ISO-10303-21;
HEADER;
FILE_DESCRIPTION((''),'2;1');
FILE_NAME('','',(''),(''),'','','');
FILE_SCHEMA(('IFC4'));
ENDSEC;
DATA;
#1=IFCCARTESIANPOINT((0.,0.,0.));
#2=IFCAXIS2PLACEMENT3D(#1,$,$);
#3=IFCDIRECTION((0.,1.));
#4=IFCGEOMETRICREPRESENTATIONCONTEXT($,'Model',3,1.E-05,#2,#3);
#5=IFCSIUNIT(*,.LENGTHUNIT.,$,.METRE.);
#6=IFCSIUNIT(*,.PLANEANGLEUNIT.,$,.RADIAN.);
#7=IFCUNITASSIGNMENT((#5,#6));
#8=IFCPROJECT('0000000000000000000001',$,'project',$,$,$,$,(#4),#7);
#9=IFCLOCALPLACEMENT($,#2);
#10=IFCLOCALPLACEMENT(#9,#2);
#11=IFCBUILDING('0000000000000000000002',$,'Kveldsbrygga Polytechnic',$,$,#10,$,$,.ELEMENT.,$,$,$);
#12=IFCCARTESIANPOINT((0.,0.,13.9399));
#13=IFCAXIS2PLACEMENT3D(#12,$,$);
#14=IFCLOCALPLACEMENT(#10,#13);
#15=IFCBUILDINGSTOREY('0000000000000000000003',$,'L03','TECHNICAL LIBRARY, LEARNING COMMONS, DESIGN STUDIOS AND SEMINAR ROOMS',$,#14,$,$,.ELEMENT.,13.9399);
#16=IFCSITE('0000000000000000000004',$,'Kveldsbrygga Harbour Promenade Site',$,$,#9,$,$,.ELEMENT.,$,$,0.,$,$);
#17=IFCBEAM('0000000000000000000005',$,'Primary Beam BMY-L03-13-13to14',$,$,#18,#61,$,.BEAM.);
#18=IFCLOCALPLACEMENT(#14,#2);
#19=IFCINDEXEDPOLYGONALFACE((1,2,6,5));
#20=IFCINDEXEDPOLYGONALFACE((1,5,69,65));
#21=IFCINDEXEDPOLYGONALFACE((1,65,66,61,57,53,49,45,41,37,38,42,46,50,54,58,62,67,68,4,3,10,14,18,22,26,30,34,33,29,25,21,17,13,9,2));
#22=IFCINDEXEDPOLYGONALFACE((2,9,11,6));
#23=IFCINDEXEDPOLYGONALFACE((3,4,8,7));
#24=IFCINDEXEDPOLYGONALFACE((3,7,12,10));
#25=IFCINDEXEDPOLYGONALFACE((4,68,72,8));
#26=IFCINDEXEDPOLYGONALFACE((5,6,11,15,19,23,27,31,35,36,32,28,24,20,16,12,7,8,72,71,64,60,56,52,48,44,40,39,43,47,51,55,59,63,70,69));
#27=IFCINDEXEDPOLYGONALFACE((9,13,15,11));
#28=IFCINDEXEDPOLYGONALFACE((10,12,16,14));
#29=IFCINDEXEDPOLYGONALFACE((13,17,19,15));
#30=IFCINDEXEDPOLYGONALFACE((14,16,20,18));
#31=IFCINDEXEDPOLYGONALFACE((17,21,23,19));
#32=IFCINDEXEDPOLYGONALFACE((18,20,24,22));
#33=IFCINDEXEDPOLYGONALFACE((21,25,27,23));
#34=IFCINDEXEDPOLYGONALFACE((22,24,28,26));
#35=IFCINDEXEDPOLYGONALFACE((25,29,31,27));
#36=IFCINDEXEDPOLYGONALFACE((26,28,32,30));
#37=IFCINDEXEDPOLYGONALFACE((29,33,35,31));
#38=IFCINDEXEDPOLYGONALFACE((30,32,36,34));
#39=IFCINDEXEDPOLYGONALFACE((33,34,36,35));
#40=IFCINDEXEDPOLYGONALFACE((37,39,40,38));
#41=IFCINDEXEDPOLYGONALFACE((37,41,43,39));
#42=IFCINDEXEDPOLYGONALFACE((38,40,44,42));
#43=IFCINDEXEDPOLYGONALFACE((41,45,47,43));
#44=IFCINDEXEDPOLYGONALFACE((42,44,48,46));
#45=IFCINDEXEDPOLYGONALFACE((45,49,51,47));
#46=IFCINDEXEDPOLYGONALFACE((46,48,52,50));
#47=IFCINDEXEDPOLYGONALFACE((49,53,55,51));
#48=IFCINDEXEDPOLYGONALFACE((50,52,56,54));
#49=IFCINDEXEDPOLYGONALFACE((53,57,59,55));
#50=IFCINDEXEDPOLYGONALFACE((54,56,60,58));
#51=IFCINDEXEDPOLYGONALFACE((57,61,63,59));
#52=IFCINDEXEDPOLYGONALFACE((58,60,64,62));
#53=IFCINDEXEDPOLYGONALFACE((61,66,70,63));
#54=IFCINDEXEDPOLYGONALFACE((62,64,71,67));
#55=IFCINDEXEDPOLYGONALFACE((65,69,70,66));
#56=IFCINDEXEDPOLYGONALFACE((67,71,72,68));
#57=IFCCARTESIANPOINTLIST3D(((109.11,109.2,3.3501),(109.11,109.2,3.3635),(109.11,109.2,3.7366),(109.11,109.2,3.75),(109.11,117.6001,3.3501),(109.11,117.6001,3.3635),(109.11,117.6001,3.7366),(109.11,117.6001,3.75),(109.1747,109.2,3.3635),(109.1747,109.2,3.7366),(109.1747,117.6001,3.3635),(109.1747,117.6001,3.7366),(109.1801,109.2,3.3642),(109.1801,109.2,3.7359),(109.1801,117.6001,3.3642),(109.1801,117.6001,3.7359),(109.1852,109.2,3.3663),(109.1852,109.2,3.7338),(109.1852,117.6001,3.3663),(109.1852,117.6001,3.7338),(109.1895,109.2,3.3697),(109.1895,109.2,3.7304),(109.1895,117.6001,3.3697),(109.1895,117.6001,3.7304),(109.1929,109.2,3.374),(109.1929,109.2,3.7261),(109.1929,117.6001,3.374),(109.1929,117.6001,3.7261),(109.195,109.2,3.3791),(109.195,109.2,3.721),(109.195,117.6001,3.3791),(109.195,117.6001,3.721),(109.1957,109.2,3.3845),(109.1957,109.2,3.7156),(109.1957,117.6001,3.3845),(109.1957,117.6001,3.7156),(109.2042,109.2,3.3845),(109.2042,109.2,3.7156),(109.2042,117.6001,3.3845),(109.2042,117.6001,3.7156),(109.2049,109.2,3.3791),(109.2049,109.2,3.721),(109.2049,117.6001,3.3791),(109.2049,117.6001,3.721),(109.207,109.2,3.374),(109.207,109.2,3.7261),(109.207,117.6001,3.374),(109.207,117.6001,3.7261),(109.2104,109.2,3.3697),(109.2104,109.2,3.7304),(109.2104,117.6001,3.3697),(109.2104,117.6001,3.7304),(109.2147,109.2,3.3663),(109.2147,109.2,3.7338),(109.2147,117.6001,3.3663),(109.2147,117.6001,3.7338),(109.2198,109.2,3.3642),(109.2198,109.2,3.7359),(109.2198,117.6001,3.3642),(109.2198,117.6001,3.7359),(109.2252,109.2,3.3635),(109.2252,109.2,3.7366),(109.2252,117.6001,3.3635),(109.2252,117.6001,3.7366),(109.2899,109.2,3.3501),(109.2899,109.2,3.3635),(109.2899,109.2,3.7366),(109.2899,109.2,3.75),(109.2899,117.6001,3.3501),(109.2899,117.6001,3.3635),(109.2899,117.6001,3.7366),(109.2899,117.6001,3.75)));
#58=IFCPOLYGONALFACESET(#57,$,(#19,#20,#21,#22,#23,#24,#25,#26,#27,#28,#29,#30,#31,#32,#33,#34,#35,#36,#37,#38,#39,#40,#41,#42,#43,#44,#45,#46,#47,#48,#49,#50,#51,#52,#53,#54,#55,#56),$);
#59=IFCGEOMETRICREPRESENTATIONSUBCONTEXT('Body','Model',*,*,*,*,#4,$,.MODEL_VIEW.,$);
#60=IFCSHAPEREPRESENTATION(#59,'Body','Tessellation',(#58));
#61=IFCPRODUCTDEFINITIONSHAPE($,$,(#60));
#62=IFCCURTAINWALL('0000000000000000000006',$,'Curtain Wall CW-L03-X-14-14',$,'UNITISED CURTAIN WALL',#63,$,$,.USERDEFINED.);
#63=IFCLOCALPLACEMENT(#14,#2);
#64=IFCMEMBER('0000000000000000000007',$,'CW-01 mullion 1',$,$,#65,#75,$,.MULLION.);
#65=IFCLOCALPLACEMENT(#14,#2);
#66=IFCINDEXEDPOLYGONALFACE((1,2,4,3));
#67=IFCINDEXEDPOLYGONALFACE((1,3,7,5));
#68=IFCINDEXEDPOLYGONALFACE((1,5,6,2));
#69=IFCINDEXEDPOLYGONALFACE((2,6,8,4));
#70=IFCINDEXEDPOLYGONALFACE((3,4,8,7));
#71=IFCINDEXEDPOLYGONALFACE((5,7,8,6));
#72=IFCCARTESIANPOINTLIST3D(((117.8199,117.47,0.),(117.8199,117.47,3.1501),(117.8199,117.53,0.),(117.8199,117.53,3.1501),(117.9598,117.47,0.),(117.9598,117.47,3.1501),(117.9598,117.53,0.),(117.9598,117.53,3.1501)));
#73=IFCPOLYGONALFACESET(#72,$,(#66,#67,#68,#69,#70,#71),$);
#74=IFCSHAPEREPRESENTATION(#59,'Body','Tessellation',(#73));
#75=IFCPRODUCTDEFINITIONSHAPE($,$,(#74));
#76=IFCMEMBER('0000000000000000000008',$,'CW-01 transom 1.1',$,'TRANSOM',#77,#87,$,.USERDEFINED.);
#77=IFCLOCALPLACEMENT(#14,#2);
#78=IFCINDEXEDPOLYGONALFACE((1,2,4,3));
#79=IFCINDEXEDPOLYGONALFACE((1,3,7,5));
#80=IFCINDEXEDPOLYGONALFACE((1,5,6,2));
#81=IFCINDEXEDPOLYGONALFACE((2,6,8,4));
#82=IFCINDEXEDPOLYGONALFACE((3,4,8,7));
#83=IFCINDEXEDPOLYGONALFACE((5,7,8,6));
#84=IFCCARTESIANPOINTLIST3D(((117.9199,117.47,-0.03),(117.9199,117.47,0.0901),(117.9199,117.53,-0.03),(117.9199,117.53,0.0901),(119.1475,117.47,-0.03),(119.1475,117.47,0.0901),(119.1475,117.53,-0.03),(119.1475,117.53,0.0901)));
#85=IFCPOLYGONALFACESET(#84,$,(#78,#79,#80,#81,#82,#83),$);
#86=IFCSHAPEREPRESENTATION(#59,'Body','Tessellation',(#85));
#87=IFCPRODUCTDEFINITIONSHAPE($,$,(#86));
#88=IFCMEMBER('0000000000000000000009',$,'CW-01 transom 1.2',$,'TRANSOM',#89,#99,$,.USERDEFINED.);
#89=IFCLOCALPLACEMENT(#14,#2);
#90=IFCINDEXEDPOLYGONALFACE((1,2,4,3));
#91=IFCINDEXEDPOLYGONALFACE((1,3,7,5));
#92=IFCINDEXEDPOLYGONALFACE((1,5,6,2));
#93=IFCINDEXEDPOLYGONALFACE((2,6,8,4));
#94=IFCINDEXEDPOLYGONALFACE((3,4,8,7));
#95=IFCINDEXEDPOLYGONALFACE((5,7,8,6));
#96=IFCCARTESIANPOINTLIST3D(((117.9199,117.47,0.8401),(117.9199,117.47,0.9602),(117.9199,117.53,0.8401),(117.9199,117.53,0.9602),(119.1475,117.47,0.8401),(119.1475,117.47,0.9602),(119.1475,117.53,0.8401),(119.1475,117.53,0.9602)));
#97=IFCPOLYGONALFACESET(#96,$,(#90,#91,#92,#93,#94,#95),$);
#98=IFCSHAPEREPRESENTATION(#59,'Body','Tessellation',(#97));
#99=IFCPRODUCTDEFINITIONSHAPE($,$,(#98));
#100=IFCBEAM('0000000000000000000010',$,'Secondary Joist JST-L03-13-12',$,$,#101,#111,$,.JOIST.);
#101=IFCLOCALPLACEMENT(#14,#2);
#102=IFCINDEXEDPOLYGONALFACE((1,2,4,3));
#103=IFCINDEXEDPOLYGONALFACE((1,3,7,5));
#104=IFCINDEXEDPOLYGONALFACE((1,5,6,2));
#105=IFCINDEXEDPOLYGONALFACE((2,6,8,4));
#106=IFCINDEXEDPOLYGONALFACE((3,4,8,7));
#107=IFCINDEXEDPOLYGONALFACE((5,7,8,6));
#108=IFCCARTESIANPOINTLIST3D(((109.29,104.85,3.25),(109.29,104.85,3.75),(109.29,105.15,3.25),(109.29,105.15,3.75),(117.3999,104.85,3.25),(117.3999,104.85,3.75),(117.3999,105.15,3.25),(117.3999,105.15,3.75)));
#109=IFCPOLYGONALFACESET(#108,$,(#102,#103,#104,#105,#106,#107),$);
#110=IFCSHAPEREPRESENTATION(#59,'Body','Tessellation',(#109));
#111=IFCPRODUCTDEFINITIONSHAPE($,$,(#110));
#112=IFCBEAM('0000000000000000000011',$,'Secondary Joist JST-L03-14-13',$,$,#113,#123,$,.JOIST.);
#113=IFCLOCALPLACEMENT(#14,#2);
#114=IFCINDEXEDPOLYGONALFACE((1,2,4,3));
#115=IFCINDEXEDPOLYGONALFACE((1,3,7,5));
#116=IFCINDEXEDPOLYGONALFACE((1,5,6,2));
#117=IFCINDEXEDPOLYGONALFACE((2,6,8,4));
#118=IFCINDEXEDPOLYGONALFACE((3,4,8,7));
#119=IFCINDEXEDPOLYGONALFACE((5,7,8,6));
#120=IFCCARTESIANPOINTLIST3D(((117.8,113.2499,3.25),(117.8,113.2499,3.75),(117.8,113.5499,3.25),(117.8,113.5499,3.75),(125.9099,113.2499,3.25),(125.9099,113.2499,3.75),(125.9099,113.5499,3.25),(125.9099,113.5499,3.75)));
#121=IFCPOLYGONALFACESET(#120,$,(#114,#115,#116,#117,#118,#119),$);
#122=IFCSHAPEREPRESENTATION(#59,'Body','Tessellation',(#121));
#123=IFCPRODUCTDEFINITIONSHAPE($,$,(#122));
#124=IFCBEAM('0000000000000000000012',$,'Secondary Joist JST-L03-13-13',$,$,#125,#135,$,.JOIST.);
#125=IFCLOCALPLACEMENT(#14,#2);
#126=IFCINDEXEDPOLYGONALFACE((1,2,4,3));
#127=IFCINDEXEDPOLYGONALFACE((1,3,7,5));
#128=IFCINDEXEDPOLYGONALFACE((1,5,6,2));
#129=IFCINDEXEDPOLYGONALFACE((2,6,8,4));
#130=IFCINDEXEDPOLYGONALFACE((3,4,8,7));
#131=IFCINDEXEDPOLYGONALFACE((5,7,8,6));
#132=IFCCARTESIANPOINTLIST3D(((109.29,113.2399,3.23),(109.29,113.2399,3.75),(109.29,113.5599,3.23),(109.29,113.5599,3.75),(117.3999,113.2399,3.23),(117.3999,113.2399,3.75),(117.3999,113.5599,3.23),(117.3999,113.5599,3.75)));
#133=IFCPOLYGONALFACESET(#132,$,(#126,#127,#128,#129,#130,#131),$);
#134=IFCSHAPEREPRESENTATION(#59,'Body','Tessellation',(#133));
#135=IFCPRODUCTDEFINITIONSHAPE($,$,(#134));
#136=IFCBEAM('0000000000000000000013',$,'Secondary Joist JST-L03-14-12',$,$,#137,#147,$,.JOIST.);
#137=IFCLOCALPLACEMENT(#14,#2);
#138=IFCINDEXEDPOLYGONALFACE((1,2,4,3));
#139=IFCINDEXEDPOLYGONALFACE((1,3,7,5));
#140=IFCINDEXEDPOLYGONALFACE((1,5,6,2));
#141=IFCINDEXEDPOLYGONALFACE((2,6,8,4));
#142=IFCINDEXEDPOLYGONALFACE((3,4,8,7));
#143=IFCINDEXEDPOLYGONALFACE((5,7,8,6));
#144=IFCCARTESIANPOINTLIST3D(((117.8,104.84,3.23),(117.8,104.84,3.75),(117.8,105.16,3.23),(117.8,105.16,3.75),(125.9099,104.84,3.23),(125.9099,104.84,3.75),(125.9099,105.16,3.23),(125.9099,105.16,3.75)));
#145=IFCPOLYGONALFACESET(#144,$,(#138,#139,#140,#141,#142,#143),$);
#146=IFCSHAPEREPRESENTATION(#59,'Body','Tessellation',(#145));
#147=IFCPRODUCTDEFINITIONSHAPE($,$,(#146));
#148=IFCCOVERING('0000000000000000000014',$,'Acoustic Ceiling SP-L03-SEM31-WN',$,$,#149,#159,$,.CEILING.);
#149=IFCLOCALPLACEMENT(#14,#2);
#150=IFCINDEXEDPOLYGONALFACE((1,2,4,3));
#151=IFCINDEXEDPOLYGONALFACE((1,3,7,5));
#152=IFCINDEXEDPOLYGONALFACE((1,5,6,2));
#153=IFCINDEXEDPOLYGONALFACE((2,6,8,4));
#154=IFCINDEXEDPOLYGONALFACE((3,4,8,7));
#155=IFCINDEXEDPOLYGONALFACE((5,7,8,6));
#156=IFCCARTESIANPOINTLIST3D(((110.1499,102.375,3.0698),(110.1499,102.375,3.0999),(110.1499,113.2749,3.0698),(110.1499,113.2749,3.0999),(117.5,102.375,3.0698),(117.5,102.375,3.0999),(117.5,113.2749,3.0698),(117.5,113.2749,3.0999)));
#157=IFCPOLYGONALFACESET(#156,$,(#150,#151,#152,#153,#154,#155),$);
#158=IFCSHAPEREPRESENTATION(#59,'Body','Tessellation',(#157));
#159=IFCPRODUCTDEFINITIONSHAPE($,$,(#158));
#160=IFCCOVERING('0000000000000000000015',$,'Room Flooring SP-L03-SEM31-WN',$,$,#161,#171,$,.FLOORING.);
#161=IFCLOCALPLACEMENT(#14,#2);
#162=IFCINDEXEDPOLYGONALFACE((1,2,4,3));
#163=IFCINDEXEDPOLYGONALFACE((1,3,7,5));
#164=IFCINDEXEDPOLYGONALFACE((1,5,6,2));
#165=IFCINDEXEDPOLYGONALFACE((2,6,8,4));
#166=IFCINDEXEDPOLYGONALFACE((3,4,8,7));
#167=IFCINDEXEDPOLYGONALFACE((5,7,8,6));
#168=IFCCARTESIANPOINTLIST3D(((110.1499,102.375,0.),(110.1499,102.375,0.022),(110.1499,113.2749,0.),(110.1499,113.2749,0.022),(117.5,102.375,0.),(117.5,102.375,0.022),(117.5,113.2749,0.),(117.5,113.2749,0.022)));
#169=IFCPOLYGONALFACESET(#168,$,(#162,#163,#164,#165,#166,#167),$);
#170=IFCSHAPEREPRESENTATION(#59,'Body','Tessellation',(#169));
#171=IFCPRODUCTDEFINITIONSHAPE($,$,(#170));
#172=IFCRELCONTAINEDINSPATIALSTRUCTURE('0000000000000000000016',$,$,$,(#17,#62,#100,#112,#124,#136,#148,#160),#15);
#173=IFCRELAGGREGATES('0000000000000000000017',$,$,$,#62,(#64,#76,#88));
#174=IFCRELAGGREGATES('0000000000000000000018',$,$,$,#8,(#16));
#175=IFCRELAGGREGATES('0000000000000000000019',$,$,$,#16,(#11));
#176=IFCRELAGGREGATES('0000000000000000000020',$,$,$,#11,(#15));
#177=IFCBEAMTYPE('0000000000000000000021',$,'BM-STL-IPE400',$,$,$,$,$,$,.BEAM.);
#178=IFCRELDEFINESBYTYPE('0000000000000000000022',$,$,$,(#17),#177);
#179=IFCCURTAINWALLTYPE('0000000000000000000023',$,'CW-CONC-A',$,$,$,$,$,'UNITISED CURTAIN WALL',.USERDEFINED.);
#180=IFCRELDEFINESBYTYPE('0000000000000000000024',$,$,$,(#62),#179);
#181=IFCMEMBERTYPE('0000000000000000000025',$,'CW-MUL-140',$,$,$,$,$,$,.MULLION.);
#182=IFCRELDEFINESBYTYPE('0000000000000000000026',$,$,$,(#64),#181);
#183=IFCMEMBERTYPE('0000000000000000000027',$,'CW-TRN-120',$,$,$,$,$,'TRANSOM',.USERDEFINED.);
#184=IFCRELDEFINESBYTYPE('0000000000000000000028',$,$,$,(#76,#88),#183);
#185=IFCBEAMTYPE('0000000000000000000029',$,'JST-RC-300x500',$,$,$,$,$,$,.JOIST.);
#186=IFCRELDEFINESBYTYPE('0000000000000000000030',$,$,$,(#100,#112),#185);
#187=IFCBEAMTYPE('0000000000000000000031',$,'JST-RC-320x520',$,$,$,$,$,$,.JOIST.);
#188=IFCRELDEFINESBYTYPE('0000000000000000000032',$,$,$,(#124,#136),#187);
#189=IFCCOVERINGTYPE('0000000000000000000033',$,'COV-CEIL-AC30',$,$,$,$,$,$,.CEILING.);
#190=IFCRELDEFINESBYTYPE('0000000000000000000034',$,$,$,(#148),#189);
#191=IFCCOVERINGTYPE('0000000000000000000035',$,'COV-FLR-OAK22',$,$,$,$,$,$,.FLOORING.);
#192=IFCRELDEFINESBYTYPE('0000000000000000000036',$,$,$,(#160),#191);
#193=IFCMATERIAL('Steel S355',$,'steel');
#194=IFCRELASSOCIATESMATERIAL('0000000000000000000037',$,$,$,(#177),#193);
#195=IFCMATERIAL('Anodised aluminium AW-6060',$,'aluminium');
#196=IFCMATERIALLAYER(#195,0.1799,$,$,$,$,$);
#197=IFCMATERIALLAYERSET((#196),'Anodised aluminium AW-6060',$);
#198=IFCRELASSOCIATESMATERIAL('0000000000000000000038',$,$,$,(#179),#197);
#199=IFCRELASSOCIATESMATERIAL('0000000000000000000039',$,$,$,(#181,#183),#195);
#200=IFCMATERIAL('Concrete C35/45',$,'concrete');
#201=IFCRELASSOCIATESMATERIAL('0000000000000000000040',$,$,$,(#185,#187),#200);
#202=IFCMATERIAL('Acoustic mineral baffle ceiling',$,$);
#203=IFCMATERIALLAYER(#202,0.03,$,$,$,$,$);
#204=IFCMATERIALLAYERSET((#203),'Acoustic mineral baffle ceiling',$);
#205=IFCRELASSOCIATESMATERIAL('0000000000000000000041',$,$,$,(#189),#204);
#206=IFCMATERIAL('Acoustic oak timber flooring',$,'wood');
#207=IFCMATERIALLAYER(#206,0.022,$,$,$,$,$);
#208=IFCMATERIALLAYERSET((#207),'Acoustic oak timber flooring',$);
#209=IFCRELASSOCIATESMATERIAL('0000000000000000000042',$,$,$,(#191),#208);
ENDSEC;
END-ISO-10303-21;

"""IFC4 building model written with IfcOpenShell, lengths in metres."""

from ifc_helpers import new_model, si_unit, direction, frame, origin, origin_2d, place, context, subcontext, project, spatial, rectangle, i_section, extrude, material, layer, layer_set, material_profile, profile_set, type_object, element, aggregate, save


model = new_model("IFC4")

# Units and contexts
model_context = context("Model", 3, precision=1e-05, world=origin(), true_north=direction((0.0, 1.0)))
body_context = subcontext(model_context, "Body", "Model", "MODEL_VIEW")
ifc_project = project(units=[si_unit("LENGTHUNIT", "METRE"), si_unit("PLANEANGLEUNIT", "RADIAN")], contexts=[model_context])

# Site, building, storey
site_placement = place(None, origin())
site = spatial("IfcSite", under=ifc_project, at=site_placement, Name="Kveldsbrygga Harbour Promenade Site", CompositionType="ELEMENT", RefElevation=0.0)
building_placement = place(site_placement, origin())
building = spatial("IfcBuilding", under=site, at=building_placement, Name="Kveldsbrygga Polytechnic", CompositionType="ELEMENT")
storey_placement = place(building_placement, frame((0.0, 0.0, 13.9399)))
storey = spatial("IfcBuildingStorey", under=building, at=storey_placement, Name="L03", Description="TECHNICAL LIBRARY, LEARNING COMMONS, DESIGN STUDIOS AND SEMINAR ROOMS", CompositionType="ELEMENT", Elevation=13.9399)

# Beam
ifc_material_1 = material(Name="Concrete C35/45", Category="concrete")
ifc_material_2 = material(Name="Steel S355", Category="steel")
ifc_material_profile_1 = material_profile(ifc_material_2, i_section(OverallWidth=0.1799, OverallDepth=0.3999, WebThickness=0.0085, FlangeThickness=0.0134, FilletRadius=0.021, at=origin_2d()), Name="IPE 400")
ifc_profile_set_1 = profile_set([ifc_material_profile_1], Name="Steel S355")
beam_type_1 = type_object("IfcBeamType", Name="BM-STL-IPE400", PredefinedType="BEAM", material=ifc_profile_set_1)
beam_1_placement = place(storey_placement, frame((109.2, 109.2, 3.55), z_axis=(0.0, 1.0, 0.0), x_axis=(-1.0, 0.0, 0.0)))
element("IfcBeam", 1, at=beam_1_placement, inside=storey, type_object=beam_type_1, Name="Primary Beam BMY-L03-13-13to14", PredefinedType="BEAM", context=body_context, shape_type="SweptSolid", body=[
    extrude(i_section(OverallWidth=0.1799, OverallDepth=0.3999, WebThickness=0.0085, FlangeThickness=0.0134, FilletRadius=0.021, at=origin_2d()), origin(), (0.0, 0.0, 1.0), 8.4001),
])

# Curtain wall, members
ifc_material_3 = material(Name="Anodised aluminium AW-6060", Category="aluminium")
ifc_layer_1 = layer(ifc_material_3, 0.1799)
ifc_layer_set_1 = layer_set([ifc_layer_1], Name="Anodised aluminium AW-6060")
curtain_wall_type = type_object("IfcCurtainWallType", Name="CW-CONC-A", ElementType="UNITISED CURTAIN WALL", PredefinedType="USERDEFINED", material=ifc_layer_set_1)
curtain_wall_placement = place(storey_placement, origin())
curtain_wall = element("IfcCurtainWall", 2, at=curtain_wall_placement, inside=storey, type_object=curtain_wall_type, Name="Curtain Wall CW-L03-X-14-14", ObjectType="UNITISED CURTAIN WALL", PredefinedType="USERDEFINED")
ifc_material_profile_2 = material_profile(ifc_material_3, rectangle(XDim=0.0601, YDim=0.1399, at=origin_2d()), Name="ALU 60x140")
ifc_profile_set_2 = profile_set([ifc_material_profile_2], Name="Anodised aluminium AW-6060")
member_type_1 = type_object("IfcMemberType", Name="CW-MUL-140", PredefinedType="MULLION", material=ifc_profile_set_2)
member_1_placement = place(storey_placement, frame((117.8899, 117.5, 0.0), z_axis=(0.0, 0.0, 1.0), x_axis=(0.0, 1.0, 0.0)))
member_1 = element("IfcMember", 3, at=member_1_placement, type_object=member_type_1, Name="CW-01 mullion 1", PredefinedType="MULLION", context=body_context, shape_type="SweptSolid", body=[
    extrude(rectangle(XDim=0.0601, YDim=0.1399, at=origin_2d()), origin(), (0.0, 0.0, 1.0), 3.1501),
])
ifc_material_profile_3 = material_profile(ifc_material_3, rectangle(XDim=0.0601, YDim=0.1201, at=origin_2d()), Name="ALU 60x120")
ifc_profile_set_3 = profile_set([ifc_material_profile_3], Name="Anodised aluminium AW-6060")
member_type_2 = type_object("IfcMemberType", Name="CW-TRN-120", ElementType="TRANSOM", PredefinedType="USERDEFINED", material=ifc_profile_set_3)
member_2_placement = place(storey_placement, frame((117.9199, 117.5, 0.03), z_axis=(1.0, 0.0, 0.0), x_axis=(0.0, 1.0, 0.0)))
member_2 = element("IfcMember", 4, at=member_2_placement, type_object=member_type_2, Name="CW-01 transom 1.1", ObjectType="TRANSOM", PredefinedType="USERDEFINED", context=body_context, shape_type="SweptSolid", body=[
    extrude(rectangle(XDim=0.0601, YDim=0.1201, at=origin_2d()), origin(), (0.0, 0.0, 1.0), 1.2275),
])
member_3_placement = place(storey_placement, frame((117.9199, 117.5, 0.9001), z_axis=(1.0, 0.0, 0.0), x_axis=(0.0, 1.0, 0.0)))
member_3 = element("IfcMember", 5, at=member_3_placement, type_object=member_type_2, Name="CW-01 transom 1.2", ObjectType="TRANSOM", PredefinedType="USERDEFINED", context=body_context, shape_type="SweptSolid", body=[
    extrude(rectangle(XDim=0.0601, YDim=0.1201, at=origin_2d()), origin(), (0.0, 0.0, 1.0), 1.2275),
])
aggregate(curtain_wall, [member_1, member_2, member_3])

# Beams
ifc_material_profile_4 = material_profile(ifc_material_1, rectangle(XDim=0.3, YDim=0.5, at=origin_2d()), Name="RC 300x500")
ifc_profile_set_4 = profile_set([ifc_material_profile_4], Name="Concrete C35/45")
beam_type_2 = type_object("IfcBeamType", Name="JST-RC-300x500", PredefinedType="JOIST", material=ifc_profile_set_4)
for number, where, z_axis, x_axis, name in (
    (6, (109.29, 105.0, 3.5), (1.0, 0.0, 0.0), (0.0, 1.0, 0.0), "Secondary Joist JST-L03-13-12"),
    (7, (117.8, 113.3999, 3.5), (1.0, 0.0, 0.0), (0.0, 1.0, 0.0), "Secondary Joist JST-L03-14-13"),
):
    element("IfcBeam", number, at=place(storey_placement, frame(where, z_axis=z_axis, x_axis=x_axis)), inside=storey, type_object=beam_type_2, Name=name, PredefinedType="JOIST", context=body_context, shape_type="SweptSolid", body=[
        extrude(rectangle(XDim=0.3, YDim=0.5, at=origin_2d()), origin(), (0.0, 0.0, 1.0), 8.1099),
    ])
ifc_material_profile_5 = material_profile(ifc_material_1, rectangle(XDim=0.3201, YDim=0.52, at=origin_2d()), Name="RC 320x520")
ifc_profile_set_5 = profile_set([ifc_material_profile_5], Name="Concrete C35/45")
beam_type_3 = type_object("IfcBeamType", Name="JST-RC-320x520", PredefinedType="JOIST", material=ifc_profile_set_5)
for number, where, z_axis, x_axis, name in (
    (8, (109.29, 113.3999, 3.49), (1.0, 0.0, 0.0), (0.0, 1.0, 0.0), "Secondary Joist JST-L03-13-13"),
    (9, (117.8, 105.0, 3.49), (1.0, 0.0, 0.0), (0.0, 1.0, 0.0), "Secondary Joist JST-L03-14-12"),
):
    element("IfcBeam", number, at=place(storey_placement, frame(where, z_axis=z_axis, x_axis=x_axis)), inside=storey, type_object=beam_type_3, Name=name, PredefinedType="JOIST", context=body_context, shape_type="SweptSolid", body=[
        extrude(rectangle(XDim=0.3201, YDim=0.52, at=origin_2d()), origin(), (0.0, 0.0, 1.0), 8.1099),
    ])

# Coverings
ifc_material_4 = material(Name="Acoustic mineral baffle ceiling")
ifc_layer_2 = layer(ifc_material_4, 0.03)
ifc_layer_set_2 = layer_set([ifc_layer_2], Name="Acoustic mineral baffle ceiling")
covering_type_1 = type_object("IfcCoveringType", Name="COV-CEIL-AC30", PredefinedType="CEILING", material=ifc_layer_set_2)
covering_1_placement = place(storey_placement, frame((113.825, 107.825, 3.0698), z_axis=(0.0, 0.0, 1.0), x_axis=(1.0, 0.0, 0.0)))
element("IfcCovering", 10, at=covering_1_placement, inside=storey, type_object=covering_type_1, Name="Acoustic Ceiling SP-L03-SEM31-WN", PredefinedType="CEILING", context=body_context, shape_type="SweptSolid", body=[
    extrude(rectangle(XDim=7.3501, YDim=10.8999, at=origin_2d()), origin(), (0.0, 0.0, 1.0), 0.03),
])
ifc_material_5 = material(Name="Acoustic oak timber flooring", Category="wood")
ifc_layer_3 = layer(ifc_material_5, 0.022)
ifc_layer_set_3 = layer_set([ifc_layer_3], Name="Acoustic oak timber flooring")
covering_type_2 = type_object("IfcCoveringType", Name="COV-FLR-OAK22", PredefinedType="FLOORING", material=ifc_layer_set_3)
covering_2_placement = place(storey_placement, frame((113.825, 107.825, 0.0), z_axis=(0.0, 0.0, 1.0), x_axis=(1.0, 0.0, 0.0)))
element("IfcCovering", 11, at=covering_2_placement, inside=storey, type_object=covering_type_2, Name="Room Flooring SP-L03-SEM31-WN", PredefinedType="FLOORING", context=body_context, shape_type="SweptSolid", body=[
    extrude(rectangle(XDim=7.3501, YDim=10.8999, at=origin_2d()), origin(), (0.0, 0.0, 1.0), 0.022),
])

save(model, "model.ifc")
